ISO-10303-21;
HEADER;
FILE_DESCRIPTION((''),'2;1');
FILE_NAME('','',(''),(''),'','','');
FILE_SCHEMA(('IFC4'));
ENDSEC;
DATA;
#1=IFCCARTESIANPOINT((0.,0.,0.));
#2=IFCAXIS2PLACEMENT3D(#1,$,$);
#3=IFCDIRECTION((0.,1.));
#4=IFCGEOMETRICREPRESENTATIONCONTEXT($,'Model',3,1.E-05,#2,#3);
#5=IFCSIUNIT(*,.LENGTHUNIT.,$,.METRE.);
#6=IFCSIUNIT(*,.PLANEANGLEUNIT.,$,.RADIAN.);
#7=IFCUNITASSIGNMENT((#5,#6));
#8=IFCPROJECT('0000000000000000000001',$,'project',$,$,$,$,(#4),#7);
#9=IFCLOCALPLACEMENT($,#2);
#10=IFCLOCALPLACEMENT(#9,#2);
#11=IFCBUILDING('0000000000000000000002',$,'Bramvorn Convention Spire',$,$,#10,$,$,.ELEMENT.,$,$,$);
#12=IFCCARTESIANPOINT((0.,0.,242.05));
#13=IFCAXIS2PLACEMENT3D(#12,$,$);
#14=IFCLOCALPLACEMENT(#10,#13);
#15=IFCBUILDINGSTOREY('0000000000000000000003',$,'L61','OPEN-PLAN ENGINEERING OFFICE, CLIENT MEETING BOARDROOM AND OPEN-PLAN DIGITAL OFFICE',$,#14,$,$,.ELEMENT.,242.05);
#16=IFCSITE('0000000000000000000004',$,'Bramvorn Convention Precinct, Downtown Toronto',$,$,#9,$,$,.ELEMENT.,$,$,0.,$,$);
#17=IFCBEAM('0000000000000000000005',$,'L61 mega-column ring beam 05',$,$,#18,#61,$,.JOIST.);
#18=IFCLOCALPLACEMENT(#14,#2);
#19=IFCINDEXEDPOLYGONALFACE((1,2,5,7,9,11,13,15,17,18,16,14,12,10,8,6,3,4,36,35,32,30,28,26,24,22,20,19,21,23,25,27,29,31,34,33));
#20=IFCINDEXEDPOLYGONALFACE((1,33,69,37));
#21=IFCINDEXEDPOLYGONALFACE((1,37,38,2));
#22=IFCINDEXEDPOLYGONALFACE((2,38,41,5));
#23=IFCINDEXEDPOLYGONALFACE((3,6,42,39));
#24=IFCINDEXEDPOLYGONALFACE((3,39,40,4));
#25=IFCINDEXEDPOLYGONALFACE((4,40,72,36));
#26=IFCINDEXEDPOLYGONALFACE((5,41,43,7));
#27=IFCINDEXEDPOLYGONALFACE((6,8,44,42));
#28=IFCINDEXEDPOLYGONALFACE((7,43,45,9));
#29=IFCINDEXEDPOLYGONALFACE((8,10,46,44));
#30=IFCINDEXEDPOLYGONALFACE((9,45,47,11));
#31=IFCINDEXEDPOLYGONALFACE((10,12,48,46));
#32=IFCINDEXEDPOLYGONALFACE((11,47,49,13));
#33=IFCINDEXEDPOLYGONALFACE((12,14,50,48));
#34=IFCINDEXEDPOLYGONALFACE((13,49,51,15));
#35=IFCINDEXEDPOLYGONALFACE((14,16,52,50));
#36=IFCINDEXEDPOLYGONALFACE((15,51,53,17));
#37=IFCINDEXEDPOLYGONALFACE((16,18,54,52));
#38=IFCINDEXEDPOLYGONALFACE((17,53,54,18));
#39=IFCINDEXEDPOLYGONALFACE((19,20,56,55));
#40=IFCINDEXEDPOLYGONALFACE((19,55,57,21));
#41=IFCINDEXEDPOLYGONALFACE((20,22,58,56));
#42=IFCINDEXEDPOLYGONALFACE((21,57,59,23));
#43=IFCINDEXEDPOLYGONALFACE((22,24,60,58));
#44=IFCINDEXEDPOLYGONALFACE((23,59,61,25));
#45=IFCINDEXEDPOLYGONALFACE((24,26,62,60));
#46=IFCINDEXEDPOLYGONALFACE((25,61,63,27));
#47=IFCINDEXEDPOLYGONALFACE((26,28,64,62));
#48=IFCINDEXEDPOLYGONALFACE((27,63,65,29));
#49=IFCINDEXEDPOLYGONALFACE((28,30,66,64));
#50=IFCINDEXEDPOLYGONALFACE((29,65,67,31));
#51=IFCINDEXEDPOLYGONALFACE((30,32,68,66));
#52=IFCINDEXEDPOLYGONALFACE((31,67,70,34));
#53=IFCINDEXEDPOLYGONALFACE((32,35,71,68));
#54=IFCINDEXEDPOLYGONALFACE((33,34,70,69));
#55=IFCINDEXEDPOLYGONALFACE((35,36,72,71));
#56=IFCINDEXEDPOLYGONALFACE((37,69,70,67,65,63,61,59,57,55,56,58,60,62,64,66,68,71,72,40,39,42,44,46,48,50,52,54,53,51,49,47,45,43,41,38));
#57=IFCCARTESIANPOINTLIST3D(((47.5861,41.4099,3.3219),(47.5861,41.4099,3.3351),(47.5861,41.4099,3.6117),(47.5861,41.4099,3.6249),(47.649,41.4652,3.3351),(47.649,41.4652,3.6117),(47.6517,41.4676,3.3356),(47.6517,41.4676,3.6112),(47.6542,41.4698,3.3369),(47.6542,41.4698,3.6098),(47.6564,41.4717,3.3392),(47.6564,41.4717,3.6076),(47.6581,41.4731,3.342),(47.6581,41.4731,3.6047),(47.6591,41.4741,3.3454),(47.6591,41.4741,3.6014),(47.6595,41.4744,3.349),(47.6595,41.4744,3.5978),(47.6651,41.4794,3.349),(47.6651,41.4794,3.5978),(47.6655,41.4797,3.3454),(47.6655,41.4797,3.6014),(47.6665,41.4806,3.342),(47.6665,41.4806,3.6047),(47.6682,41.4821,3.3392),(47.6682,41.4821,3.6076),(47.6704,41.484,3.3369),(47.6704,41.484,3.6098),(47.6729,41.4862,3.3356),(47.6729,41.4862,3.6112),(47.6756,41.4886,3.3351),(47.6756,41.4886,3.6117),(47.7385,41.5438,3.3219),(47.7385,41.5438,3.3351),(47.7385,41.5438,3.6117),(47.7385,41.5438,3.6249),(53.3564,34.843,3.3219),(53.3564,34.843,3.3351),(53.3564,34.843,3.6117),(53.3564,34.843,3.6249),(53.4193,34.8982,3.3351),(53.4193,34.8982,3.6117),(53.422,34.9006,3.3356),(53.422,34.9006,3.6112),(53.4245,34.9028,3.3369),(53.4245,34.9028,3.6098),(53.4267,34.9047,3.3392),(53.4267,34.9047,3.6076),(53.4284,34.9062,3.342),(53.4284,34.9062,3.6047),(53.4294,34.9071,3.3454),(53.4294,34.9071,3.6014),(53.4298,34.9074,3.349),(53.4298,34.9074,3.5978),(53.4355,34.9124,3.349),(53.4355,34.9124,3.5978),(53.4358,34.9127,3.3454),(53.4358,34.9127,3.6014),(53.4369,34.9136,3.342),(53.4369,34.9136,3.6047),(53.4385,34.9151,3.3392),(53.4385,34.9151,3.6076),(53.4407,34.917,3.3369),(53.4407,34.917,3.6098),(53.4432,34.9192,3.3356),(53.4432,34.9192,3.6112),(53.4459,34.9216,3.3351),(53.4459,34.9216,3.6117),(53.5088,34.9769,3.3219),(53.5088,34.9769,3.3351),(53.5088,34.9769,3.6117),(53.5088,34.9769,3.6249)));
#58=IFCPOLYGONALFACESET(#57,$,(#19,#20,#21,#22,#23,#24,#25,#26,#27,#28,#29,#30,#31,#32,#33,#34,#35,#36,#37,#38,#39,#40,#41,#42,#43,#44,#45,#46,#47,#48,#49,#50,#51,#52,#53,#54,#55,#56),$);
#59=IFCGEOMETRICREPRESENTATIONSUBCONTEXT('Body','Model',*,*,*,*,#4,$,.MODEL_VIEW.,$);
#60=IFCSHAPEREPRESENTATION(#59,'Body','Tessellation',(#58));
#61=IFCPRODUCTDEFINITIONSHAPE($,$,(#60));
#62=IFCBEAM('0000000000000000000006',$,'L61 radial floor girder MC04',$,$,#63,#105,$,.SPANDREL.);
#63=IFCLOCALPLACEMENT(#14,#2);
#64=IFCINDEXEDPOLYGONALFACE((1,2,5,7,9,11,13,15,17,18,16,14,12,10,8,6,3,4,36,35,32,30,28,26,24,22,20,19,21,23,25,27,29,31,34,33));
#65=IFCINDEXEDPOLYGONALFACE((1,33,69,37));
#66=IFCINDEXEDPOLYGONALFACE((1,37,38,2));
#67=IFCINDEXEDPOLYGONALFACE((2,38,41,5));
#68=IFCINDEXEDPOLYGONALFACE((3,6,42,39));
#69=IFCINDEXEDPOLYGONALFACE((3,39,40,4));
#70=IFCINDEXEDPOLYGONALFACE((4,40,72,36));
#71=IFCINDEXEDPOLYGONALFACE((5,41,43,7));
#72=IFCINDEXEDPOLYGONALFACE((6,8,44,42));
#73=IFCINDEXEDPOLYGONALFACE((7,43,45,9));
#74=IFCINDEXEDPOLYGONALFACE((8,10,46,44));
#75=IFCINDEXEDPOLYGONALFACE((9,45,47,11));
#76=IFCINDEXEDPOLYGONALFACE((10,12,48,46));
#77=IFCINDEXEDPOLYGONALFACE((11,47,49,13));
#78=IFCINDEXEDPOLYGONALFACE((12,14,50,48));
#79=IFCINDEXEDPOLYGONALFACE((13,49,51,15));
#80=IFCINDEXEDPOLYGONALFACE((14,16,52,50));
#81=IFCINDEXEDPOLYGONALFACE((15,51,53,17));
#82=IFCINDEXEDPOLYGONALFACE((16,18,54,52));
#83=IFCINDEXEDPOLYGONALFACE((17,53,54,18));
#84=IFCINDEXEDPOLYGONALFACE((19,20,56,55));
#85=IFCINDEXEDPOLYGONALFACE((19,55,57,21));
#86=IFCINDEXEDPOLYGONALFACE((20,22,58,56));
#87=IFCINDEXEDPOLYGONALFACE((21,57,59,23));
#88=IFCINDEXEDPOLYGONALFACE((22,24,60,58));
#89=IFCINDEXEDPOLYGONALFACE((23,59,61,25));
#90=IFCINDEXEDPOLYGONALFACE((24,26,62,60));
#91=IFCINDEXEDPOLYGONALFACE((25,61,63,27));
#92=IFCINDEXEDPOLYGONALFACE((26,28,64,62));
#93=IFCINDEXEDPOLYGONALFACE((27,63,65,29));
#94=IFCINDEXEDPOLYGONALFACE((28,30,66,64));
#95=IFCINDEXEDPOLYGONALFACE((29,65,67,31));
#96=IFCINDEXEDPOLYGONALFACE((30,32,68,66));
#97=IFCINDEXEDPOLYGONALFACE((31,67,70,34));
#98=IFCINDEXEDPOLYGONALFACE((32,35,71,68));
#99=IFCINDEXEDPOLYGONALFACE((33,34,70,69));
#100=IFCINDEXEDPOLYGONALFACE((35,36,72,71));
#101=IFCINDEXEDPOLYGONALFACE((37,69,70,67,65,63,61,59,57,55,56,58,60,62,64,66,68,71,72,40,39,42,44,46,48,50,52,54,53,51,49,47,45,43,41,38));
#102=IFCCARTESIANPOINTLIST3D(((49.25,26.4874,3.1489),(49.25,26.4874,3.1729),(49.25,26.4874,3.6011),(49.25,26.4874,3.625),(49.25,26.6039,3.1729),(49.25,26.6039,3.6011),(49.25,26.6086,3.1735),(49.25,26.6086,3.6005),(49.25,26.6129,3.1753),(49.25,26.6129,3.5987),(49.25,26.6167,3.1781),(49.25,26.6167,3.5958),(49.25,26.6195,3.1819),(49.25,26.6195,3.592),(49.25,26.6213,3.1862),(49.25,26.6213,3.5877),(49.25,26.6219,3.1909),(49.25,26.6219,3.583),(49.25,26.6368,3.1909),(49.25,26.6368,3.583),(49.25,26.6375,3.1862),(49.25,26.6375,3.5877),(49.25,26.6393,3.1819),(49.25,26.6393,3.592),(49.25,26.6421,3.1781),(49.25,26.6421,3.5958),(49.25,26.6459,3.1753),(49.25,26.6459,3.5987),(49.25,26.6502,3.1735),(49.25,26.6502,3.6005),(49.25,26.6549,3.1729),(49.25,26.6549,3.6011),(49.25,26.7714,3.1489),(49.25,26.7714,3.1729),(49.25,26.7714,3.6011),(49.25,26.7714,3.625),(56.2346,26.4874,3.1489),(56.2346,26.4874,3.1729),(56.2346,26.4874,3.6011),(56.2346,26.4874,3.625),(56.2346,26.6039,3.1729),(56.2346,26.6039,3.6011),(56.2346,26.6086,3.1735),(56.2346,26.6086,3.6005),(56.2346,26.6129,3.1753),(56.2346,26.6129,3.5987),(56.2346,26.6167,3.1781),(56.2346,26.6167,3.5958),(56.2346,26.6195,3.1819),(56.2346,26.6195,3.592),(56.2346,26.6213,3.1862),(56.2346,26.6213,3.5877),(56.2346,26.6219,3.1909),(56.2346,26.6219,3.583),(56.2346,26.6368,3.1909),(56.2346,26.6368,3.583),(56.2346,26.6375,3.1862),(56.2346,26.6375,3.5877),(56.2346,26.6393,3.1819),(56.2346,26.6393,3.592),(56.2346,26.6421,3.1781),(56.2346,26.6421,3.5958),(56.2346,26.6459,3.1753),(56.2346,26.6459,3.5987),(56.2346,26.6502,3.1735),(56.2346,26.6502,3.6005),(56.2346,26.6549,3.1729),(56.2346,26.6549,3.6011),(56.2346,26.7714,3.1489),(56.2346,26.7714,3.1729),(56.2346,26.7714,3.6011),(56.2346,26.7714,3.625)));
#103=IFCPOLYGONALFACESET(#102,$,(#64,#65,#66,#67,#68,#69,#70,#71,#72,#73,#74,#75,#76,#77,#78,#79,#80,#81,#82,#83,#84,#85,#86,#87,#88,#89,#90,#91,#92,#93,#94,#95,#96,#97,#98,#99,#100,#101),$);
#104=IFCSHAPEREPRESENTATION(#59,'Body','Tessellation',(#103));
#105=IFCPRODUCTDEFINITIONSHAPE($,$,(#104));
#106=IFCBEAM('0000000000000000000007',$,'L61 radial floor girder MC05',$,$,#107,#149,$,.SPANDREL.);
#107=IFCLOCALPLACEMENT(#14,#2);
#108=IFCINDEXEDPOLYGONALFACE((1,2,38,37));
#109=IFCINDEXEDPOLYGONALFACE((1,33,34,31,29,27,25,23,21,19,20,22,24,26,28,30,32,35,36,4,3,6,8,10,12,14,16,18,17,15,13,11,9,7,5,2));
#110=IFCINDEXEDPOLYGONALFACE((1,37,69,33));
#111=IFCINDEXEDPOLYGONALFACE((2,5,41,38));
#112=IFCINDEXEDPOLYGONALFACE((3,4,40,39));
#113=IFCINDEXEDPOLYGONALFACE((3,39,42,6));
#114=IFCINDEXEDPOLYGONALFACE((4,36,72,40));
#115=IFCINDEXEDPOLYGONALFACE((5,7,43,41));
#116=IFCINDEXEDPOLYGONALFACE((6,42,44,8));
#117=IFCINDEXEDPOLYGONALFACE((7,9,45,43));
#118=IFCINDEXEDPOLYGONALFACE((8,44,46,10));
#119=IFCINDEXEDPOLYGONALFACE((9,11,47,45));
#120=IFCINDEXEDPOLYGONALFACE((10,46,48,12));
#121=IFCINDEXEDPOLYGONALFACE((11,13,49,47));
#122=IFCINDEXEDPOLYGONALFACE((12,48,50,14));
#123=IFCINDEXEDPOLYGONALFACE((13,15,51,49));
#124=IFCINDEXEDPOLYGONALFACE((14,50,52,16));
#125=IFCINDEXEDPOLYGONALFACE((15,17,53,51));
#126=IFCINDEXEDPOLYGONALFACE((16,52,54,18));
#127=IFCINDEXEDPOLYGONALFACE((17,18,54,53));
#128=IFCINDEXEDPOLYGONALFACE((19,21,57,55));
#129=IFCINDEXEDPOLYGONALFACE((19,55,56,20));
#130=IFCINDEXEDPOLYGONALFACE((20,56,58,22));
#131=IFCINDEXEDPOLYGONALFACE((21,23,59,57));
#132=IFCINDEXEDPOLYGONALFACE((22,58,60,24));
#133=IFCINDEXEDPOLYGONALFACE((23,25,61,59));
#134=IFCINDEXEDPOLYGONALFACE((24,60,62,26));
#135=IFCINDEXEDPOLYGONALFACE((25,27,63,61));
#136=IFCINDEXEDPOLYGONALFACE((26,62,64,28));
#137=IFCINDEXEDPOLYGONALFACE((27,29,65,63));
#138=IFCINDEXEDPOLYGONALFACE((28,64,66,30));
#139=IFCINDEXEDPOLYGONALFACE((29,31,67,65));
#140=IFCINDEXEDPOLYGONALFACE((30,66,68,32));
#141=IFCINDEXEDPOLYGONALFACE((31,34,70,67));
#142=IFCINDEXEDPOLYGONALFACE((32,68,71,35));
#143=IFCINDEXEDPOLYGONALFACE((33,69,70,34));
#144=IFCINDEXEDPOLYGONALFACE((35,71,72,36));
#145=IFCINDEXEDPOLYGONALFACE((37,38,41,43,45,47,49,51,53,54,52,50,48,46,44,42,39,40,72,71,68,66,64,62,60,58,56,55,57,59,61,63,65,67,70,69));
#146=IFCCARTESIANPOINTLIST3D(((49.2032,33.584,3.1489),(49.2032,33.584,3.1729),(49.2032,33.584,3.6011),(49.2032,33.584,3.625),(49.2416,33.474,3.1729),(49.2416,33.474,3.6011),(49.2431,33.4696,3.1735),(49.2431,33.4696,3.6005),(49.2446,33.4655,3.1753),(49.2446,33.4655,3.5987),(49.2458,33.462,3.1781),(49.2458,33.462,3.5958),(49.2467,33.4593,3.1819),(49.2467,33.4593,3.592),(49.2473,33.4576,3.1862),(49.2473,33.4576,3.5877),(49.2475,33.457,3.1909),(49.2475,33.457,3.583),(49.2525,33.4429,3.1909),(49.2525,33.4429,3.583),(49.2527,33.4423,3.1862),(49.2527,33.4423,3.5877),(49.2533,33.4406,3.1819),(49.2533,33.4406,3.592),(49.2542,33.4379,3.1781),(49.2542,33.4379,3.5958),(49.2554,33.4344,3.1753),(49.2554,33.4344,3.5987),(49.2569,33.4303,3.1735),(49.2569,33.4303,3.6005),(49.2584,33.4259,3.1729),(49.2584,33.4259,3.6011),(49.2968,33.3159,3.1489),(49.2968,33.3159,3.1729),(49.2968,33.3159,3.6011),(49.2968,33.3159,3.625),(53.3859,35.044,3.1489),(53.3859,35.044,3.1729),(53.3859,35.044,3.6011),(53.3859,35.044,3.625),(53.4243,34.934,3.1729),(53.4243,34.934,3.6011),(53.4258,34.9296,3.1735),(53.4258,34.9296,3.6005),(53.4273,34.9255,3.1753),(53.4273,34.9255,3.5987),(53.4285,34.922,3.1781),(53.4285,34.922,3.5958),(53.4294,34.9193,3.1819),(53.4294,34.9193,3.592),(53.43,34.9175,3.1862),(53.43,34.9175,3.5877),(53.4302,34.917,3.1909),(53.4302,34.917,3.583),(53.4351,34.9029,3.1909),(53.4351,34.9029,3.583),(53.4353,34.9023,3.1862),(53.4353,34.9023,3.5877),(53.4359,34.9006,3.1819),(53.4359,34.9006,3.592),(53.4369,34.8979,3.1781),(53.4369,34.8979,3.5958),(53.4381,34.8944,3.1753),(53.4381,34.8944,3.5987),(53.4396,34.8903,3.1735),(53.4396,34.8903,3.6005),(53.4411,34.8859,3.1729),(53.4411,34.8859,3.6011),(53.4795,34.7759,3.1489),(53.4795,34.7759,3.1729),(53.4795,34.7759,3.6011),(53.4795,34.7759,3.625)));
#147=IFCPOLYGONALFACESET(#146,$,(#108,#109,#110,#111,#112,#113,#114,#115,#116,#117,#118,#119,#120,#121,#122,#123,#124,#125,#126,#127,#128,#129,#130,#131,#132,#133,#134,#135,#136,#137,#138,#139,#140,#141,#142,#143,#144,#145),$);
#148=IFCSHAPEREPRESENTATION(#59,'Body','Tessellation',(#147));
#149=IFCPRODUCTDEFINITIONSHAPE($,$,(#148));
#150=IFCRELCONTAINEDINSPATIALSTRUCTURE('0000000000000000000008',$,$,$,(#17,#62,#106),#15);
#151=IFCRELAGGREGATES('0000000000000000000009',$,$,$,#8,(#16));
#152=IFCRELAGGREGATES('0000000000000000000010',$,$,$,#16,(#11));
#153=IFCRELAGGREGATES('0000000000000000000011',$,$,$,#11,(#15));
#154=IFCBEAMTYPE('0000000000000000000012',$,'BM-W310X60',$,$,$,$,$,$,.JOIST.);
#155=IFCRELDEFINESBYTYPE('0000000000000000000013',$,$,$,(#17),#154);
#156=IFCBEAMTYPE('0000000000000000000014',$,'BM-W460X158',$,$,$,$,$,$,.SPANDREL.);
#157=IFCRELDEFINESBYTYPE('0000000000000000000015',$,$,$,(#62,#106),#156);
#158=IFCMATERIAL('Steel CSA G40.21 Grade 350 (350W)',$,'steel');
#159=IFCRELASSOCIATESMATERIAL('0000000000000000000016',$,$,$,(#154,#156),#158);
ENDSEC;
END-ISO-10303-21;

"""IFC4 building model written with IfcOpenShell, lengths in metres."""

from ifc_helpers import new_model, si_unit, direction, frame, origin, origin_2d, place, context, subcontext, project, spatial, i_section, extrude, material, material_profile, profile_set, type_object, element, save


model = new_model("IFC4")

# Units and contexts
model_context = context("Model", 3, precision=1e-05, world=origin(), true_north=direction((0.0, 1.0)))
body_context = subcontext(model_context, "Body", "Model", "MODEL_VIEW")
ifc_project = project(units=[si_unit("LENGTHUNIT", "METRE"), si_unit("PLANEANGLEUNIT", "RADIAN")], contexts=[model_context])

# Site, building, storey
site_placement = place(None, origin())
site = spatial("IfcSite", under=ifc_project, at=site_placement, Name="Bramvorn Convention Precinct, Downtown Toronto", CompositionType="ELEMENT", RefElevation=0.0)
building_placement = place(site_placement, origin())
building = spatial("IfcBuilding", under=site, at=building_placement, Name="Bramvorn Convention Spire", CompositionType="ELEMENT")
storey_placement = place(building_placement, frame((0.0, 0.0, 242.05)))
storey = spatial("IfcBuildingStorey", under=building, at=storey_placement, Name="L61", Description="OPEN-PLAN ENGINEERING OFFICE, CLIENT MEETING BOARDROOM AND OPEN-PLAN DIGITAL OFFICE", CompositionType="ELEMENT", Elevation=242.05)

# Shared definitions
ifc_material_1 = material(Name="Steel CSA G40.21 Grade 350 (350W)", Category="steel")

# Beams
ifc_material_profile_1 = material_profile(ifc_material_1, i_section(OverallWidth=0.2029, OverallDepth=0.303, WebThickness=0.0076, FlangeThickness=0.0132, FilletRadius=0.0139, at=origin_2d()))
ifc_profile_set_1 = profile_set([ifc_material_profile_1], Name="Steel CSA G40.21 Grade 350 (350W) - W310X60")
beam_type_1 = type_object("IfcBeamType", Name="BM-W310X60", PredefinedType="JOIST", material=ifc_profile_set_1)
beam_1_placement = place(storey_placement, frame((53.4326, 34.9099, 3.4734), z_axis=(-0.660073, 0.751201, 0.0), x_axis=(-0.751201, -0.660073, 0.0)))
element("IfcBeam", 1, at=beam_1_placement, inside=storey, type_object=beam_type_1, Name="L61 mega-column ring beam 05", PredefinedType="JOIST", context=body_context, shape_type="SweptSolid", body=[
    extrude(i_section(OverallWidth=0.2029, OverallDepth=0.303, WebThickness=0.0076, FlangeThickness=0.0132, FilletRadius=0.0139, at=origin_2d()), origin(), (0.0, 0.0, 1.0), 8.7419),
])
ifc_material_profile_2 = material_profile(ifc_material_1, i_section(OverallWidth=0.2839, OverallDepth=0.4761, WebThickness=0.0149, FlangeThickness=0.0239, FilletRadius=0.0181, at=origin_2d()))
ifc_profile_set_2 = profile_set([ifc_material_profile_2], Name="Steel CSA G40.21 Grade 350 (350W) - W460X158")
beam_type_2 = type_object("IfcBeamType", Name="BM-W460X158", PredefinedType="SPANDREL", material=ifc_profile_set_2)
beam_2_placement = place(storey_placement, frame((49.25, 26.6294, 3.387), z_axis=(1.0, 0.0, 0.0), x_axis=(0.0, 1.0, 0.0)))
element("IfcBeam", 2, at=beam_2_placement, inside=storey, type_object=beam_type_2, Name="L61 radial floor girder MC04", PredefinedType="SPANDREL", context=body_context, shape_type="SweptSolid", body=[
    extrude(i_section(OverallWidth=0.2839, OverallDepth=0.4761, WebThickness=0.0149, FlangeThickness=0.0239, FilletRadius=0.0181, at=origin_2d()), origin(), (0.0, 0.0, 1.0), 6.9846),
])
beam_3_placement = place(storey_placement, frame((49.25, 33.45, 3.387), z_axis=(0.944136, 0.329555, 0.0), x_axis=(-0.329555, 0.944136, 0.0)))
element("IfcBeam", 3, at=beam_3_placement, inside=storey, type_object=beam_type_2, Name="L61 radial floor girder MC05", PredefinedType="SPANDREL", context=body_context, shape_type="SweptSolid", body=[
    extrude(i_section(OverallWidth=0.2839, OverallDepth=0.4761, WebThickness=0.0149, FlangeThickness=0.0239, FilletRadius=0.0181, at=origin_2d()), origin(), (0.0, 0.0, 1.0), 4.4302),
])

save(model, "model.ifc")
